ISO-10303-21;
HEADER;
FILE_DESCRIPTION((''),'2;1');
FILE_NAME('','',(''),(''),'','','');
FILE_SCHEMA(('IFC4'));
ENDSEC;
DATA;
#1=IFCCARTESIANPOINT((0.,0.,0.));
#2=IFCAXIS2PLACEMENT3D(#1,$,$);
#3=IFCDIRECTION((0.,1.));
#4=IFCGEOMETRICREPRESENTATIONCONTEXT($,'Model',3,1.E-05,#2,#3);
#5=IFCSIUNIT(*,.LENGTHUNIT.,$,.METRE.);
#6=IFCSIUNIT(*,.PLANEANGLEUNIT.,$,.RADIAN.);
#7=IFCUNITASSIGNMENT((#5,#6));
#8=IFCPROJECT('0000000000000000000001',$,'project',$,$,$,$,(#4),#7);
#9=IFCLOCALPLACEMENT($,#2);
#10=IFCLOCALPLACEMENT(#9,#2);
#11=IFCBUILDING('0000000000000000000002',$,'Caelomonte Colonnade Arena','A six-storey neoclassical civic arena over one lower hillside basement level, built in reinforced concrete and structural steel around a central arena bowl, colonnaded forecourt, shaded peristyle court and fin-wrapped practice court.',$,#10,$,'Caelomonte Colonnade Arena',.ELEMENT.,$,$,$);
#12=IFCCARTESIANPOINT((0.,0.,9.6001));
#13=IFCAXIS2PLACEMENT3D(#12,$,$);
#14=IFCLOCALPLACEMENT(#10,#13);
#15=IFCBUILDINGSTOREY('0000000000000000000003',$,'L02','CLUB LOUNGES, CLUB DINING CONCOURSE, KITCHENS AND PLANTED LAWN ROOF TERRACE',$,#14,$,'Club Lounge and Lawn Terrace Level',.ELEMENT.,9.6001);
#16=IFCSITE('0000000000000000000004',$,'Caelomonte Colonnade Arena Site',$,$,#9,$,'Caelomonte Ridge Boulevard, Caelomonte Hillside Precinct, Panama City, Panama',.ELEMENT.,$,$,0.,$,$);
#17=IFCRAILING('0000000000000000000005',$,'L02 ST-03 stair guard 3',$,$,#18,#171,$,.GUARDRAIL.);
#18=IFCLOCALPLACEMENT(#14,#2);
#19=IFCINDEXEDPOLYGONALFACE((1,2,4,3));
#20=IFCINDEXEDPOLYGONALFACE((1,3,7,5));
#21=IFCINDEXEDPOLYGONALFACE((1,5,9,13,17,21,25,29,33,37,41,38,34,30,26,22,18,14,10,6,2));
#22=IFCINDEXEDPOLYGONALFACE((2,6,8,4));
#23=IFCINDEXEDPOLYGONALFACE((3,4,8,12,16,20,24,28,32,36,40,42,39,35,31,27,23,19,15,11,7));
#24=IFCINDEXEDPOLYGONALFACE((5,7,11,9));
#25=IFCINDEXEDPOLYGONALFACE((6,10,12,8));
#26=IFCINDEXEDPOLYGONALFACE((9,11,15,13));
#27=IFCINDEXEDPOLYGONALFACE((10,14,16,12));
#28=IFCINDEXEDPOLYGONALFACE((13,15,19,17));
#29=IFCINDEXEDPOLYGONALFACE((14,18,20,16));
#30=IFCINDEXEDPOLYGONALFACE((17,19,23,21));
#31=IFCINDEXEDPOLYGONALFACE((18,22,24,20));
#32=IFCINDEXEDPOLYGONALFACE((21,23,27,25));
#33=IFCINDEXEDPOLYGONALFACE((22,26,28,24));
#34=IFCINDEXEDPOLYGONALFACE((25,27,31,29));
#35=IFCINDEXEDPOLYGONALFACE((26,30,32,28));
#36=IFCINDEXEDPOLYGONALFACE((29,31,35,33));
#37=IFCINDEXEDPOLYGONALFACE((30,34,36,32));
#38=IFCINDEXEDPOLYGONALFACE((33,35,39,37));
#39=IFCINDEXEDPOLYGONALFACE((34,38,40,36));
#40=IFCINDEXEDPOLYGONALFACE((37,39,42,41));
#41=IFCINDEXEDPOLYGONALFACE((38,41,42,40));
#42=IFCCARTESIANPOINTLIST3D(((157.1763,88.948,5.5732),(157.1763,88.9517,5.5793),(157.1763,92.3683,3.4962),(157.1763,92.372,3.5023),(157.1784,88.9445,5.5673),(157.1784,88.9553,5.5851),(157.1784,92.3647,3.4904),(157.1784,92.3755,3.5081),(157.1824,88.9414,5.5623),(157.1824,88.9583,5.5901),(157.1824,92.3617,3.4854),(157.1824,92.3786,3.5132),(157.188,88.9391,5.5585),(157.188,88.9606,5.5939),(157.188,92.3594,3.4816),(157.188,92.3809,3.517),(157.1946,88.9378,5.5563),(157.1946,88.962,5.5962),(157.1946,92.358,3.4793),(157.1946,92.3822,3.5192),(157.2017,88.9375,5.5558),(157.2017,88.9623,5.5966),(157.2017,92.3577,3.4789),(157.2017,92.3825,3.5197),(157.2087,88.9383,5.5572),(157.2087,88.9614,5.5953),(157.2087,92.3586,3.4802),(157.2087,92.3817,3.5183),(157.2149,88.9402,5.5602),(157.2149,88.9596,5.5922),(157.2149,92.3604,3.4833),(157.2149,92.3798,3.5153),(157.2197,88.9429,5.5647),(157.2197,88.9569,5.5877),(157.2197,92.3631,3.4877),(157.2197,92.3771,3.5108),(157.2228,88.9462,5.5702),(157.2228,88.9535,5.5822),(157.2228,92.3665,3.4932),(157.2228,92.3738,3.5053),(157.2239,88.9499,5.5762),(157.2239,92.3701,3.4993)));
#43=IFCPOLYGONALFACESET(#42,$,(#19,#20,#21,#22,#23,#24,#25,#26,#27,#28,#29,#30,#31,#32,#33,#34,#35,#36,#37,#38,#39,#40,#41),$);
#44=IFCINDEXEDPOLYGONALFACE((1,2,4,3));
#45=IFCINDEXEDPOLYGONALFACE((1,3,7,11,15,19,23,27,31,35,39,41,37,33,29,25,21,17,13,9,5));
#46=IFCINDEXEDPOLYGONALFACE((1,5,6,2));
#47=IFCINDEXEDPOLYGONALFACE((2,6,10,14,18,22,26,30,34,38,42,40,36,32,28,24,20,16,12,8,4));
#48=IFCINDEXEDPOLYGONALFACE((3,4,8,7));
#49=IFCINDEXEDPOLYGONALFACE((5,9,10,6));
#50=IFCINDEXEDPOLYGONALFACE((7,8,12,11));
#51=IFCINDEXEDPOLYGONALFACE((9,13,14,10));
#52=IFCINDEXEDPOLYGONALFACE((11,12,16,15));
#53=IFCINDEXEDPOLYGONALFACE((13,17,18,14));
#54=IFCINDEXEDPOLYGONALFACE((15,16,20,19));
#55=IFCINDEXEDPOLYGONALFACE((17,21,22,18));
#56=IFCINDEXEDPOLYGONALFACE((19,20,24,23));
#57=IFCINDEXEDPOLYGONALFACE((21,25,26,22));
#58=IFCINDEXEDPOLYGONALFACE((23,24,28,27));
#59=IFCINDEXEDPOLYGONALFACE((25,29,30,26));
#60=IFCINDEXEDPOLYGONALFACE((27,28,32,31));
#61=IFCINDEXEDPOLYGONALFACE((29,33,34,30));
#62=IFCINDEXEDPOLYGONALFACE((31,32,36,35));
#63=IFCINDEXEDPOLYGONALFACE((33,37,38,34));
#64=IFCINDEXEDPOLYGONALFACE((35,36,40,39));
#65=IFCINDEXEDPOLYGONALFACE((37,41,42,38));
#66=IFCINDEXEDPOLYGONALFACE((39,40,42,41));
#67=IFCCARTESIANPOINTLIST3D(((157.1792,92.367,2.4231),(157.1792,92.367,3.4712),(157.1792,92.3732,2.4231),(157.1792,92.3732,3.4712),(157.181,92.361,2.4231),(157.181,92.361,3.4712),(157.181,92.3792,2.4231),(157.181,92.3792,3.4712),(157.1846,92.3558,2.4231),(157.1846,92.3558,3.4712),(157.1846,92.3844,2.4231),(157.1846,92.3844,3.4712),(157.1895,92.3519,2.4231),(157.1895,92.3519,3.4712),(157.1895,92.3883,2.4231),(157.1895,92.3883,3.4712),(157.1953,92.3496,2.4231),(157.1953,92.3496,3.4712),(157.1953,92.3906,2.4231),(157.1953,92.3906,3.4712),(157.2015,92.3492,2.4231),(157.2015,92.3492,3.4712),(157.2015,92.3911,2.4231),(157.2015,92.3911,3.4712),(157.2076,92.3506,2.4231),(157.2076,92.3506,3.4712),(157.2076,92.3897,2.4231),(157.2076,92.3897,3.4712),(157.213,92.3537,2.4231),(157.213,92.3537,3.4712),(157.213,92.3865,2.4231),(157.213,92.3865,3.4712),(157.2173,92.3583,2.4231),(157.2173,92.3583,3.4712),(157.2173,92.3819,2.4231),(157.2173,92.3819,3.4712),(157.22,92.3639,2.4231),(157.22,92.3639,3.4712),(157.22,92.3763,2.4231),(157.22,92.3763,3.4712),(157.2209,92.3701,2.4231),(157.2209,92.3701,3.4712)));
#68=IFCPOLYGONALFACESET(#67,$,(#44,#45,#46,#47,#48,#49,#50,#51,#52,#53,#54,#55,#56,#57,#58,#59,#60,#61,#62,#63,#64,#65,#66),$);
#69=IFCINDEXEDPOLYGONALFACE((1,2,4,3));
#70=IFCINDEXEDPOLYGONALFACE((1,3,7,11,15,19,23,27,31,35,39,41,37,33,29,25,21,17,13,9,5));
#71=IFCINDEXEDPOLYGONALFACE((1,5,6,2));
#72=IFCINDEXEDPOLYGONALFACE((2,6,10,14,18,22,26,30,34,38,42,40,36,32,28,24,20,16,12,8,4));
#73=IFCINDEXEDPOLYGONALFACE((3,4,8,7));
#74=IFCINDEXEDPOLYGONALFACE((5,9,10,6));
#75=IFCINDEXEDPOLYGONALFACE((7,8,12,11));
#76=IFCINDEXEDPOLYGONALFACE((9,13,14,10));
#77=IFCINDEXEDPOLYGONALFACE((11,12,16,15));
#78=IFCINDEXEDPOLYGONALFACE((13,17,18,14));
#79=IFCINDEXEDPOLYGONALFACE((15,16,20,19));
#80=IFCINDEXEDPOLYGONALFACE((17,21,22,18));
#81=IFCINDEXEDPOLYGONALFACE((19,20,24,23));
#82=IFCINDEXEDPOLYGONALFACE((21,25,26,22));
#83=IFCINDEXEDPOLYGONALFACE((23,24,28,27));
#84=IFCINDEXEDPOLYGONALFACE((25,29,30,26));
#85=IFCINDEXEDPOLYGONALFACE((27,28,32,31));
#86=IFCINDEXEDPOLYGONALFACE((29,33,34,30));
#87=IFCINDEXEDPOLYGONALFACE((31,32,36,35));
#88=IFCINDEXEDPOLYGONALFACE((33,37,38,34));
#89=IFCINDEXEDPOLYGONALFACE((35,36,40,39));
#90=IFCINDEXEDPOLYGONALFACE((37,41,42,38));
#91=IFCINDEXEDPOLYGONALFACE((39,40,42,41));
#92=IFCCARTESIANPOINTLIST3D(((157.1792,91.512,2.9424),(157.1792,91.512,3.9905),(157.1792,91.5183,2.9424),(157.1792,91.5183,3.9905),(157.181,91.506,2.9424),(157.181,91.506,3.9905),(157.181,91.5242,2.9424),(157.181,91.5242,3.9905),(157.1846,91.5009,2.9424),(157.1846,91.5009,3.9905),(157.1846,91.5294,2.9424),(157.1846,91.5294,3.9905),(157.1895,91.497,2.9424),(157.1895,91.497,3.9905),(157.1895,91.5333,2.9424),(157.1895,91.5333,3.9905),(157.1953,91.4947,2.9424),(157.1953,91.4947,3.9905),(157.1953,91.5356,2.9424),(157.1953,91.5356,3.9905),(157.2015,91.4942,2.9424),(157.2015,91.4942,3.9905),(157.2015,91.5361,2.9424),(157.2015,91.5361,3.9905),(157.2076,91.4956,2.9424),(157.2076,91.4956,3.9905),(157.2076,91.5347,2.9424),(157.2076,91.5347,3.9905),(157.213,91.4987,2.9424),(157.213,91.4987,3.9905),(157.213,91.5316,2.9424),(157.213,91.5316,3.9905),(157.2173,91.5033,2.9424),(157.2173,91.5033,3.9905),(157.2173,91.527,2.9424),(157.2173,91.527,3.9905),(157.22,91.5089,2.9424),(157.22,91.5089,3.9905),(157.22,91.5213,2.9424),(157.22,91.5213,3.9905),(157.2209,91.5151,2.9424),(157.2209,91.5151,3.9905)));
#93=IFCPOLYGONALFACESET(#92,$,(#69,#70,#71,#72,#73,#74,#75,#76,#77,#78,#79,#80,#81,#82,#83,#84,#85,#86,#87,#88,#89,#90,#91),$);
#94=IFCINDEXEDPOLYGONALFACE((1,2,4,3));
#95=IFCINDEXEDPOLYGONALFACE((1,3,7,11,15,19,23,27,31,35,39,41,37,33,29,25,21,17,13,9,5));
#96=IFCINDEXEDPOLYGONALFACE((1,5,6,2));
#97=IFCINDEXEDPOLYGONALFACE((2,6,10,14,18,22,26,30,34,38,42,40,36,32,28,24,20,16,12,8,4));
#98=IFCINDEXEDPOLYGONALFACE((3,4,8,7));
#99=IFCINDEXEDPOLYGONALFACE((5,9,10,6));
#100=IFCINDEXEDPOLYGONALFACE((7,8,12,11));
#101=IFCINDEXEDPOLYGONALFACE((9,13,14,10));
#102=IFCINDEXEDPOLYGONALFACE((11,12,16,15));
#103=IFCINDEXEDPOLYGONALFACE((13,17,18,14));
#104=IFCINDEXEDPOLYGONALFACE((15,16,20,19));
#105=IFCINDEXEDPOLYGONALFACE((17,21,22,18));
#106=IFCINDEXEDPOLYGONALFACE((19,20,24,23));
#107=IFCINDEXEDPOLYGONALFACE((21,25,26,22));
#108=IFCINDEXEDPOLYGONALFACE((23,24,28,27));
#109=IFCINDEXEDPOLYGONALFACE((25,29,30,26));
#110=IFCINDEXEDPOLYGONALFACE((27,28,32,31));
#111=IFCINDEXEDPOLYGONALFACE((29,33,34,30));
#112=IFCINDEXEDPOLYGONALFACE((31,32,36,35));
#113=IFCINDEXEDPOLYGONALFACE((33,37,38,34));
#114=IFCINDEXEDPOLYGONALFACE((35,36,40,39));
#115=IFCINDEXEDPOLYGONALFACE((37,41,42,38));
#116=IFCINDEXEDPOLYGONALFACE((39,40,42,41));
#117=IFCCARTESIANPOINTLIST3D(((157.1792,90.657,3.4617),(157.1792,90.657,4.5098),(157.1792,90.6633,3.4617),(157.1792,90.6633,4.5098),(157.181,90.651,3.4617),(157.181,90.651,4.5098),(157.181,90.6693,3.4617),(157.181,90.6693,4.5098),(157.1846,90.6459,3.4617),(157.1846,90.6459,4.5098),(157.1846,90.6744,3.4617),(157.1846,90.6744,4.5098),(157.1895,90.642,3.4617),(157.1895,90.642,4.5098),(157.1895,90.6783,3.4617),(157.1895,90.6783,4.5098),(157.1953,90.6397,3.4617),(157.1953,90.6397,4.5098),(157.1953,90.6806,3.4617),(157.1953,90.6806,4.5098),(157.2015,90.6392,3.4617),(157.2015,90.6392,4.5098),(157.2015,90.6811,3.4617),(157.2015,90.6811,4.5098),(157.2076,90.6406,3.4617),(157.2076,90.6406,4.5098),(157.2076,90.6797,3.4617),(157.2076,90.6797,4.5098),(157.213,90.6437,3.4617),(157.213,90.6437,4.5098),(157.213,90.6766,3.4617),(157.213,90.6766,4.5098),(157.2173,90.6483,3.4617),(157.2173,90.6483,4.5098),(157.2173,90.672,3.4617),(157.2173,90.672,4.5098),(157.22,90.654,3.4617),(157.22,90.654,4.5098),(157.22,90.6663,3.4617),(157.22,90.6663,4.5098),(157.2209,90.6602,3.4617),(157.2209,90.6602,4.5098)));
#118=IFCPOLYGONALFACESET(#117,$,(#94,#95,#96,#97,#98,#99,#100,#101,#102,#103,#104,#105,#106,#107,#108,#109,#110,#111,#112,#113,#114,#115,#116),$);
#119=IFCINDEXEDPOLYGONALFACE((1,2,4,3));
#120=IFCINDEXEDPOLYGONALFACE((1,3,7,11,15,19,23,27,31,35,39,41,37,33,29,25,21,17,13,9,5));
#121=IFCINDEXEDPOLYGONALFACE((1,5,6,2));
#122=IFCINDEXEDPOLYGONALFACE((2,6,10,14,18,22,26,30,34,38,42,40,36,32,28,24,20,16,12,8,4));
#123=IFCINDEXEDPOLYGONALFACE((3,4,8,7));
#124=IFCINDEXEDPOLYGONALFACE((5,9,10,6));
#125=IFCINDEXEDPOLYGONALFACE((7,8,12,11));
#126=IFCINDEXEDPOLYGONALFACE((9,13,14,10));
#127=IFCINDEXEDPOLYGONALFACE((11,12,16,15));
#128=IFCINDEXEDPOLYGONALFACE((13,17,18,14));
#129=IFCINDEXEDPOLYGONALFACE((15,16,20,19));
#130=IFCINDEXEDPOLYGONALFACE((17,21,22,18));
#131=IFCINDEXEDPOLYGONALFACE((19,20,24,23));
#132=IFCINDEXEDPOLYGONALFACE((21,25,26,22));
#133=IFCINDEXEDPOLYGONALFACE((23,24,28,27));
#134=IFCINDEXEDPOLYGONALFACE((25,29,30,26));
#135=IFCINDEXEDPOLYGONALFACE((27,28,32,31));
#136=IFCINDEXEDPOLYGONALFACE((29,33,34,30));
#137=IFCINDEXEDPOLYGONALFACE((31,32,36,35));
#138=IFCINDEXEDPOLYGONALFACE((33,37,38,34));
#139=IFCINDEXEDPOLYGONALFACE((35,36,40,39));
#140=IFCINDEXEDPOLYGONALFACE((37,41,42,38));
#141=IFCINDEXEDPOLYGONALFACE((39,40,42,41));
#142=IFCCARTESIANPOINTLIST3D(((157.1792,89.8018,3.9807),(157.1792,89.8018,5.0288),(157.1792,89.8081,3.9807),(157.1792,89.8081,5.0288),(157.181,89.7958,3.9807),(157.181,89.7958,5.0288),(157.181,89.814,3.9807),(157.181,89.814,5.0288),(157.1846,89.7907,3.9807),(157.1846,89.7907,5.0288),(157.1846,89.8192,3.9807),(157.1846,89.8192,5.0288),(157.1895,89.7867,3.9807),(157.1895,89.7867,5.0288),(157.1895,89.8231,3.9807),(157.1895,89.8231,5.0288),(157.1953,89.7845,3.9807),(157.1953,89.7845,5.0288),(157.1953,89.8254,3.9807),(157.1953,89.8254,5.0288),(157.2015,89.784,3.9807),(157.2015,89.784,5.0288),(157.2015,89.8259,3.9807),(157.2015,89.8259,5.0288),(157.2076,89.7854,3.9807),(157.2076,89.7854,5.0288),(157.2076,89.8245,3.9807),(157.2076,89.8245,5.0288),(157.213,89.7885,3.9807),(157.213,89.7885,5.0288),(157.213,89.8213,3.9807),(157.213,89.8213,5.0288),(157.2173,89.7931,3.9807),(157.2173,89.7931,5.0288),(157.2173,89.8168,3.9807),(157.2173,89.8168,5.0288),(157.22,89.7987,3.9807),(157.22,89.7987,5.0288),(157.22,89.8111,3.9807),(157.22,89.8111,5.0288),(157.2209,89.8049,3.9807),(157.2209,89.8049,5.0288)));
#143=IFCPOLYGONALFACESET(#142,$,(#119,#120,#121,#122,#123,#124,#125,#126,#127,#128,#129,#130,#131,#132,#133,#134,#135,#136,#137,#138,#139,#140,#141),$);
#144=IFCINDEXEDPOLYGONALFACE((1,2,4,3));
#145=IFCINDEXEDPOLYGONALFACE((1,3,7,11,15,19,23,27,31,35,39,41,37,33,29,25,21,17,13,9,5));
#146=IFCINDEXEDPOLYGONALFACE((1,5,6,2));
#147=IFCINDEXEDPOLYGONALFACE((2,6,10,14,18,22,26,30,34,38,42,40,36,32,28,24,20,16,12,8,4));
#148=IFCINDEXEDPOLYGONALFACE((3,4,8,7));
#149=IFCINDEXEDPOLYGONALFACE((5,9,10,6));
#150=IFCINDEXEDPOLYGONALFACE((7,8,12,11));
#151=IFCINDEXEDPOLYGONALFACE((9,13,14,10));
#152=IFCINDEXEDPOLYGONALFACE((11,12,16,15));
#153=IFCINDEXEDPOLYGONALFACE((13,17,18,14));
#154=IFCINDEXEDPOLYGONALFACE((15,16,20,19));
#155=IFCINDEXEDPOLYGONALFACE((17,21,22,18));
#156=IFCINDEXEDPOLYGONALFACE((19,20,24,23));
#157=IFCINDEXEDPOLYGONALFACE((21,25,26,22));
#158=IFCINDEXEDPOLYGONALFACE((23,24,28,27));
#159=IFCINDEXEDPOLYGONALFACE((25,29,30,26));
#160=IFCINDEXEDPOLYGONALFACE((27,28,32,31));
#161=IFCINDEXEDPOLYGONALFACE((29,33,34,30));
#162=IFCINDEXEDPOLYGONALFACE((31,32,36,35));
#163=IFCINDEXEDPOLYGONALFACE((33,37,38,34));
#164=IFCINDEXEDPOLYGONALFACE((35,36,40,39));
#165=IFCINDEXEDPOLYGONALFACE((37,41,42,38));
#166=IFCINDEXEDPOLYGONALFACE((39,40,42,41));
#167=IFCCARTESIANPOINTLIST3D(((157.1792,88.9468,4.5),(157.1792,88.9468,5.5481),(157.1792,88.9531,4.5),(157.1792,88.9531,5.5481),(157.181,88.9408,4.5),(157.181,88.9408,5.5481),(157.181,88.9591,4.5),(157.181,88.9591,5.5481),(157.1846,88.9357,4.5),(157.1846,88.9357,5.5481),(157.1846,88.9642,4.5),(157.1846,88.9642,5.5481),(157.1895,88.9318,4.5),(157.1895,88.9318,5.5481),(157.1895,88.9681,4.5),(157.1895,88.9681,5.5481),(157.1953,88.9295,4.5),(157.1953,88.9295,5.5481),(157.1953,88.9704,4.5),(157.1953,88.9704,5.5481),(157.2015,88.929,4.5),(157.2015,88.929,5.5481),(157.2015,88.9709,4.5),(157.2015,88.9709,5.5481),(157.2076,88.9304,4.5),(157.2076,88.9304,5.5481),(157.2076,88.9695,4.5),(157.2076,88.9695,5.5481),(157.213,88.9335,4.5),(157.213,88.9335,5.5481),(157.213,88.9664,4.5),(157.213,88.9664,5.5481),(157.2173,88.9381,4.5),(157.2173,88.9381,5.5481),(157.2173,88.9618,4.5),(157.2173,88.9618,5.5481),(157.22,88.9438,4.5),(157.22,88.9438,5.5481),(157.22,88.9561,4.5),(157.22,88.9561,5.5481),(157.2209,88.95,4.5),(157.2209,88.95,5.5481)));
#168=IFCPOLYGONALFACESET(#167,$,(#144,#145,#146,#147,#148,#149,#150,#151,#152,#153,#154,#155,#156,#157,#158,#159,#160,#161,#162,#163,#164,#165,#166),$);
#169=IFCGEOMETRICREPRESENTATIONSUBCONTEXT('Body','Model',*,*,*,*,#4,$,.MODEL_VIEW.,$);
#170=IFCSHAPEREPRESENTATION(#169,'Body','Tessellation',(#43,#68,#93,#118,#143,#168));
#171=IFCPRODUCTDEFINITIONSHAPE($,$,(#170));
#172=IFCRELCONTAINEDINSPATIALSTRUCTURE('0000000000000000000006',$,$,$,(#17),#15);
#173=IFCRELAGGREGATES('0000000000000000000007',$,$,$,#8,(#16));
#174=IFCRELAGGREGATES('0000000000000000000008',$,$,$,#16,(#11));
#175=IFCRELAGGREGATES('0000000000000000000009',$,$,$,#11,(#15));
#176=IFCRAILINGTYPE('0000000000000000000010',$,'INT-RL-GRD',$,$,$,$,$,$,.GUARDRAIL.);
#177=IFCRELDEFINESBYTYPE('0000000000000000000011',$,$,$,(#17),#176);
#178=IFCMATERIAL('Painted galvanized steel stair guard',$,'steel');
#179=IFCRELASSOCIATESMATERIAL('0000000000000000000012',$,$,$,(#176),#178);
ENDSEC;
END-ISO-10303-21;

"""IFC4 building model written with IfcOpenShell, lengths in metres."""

from ifc_helpers import new_model, si_unit, direction, frame, origin, origin_2d, place, context, subcontext, project, spatial, circle, extrude, material, type_object, element, save


model = new_model("IFC4")

# Units and contexts
model_context = context("Model", 3, precision=1e-05, world=origin(), true_north=direction((0.0, 1.0)))
body_context = subcontext(model_context, "Body", "Model", "MODEL_VIEW")
ifc_project = project(units=[si_unit("LENGTHUNIT", "METRE"), si_unit("PLANEANGLEUNIT", "RADIAN")], contexts=[model_context])

# Site, building, storey
site_placement = place(None, origin())
site = spatial("IfcSite", under=ifc_project, at=site_placement, Name="Caelomonte Colonnade Arena Site", LongName="Caelomonte Ridge Boulevard, Caelomonte Hillside Precinct, Panama City, Panama", CompositionType="ELEMENT", RefElevation=0.0)
building_placement = place(site_placement, origin())
building = spatial("IfcBuilding", under=site, at=building_placement, Name="Caelomonte Colonnade Arena", Description="A six-storey neoclassical civic arena over one lower hillside basement level, built in reinforced concrete and structural steel around a central arena bowl, colonnaded forecourt, shaded peristyle court and fin-wrapped practice court.", LongName="Caelomonte Colonnade Arena", CompositionType="ELEMENT")
storey_placement = place(building_placement, frame((0.0, 0.0, 9.6001)))
storey = spatial("IfcBuildingStorey", under=building, at=storey_placement, Name="L02", Description="CLUB LOUNGES, CLUB DINING CONCOURSE, KITCHENS AND PLANTED LAWN ROOF TERRACE", LongName="Club Lounge and Lawn Terrace Level", CompositionType="ELEMENT", Elevation=9.6001)

# Railing
ifc_material_1 = material(Name="Painted galvanized steel stair guard", Category="steel")
railing_type_1 = type_object("IfcRailingType", Name="INT-RL-GRD", PredefinedType="GUARDRAIL", material=ifc_material_1)
railing_1_placement = place(storey_placement, frame((157.2, 92.3701, 2.4231)))
element("IfcRailing", 1, at=railing_1_placement, inside=storey, type_object=railing_type_1, Name="L02 ST-03 stair guard 3", PredefinedType="GUARDRAIL", context=body_context, shape_type="SweptSolid", body=[
    extrude(circle(Radius=0.0239, at=origin_2d()), frame((0.0, 0.0, 1.0762), z_axis=(0.0, -0.854746, 0.519047), x_axis=(1.0, 0.0, 0.0)), (0.0, 0.0, 1.0), 4.0015),
    extrude(circle(Radius=0.021, at=origin_2d()), origin(), (0.0, 0.0, 1.0), 1.0481),
    extrude(circle(Radius=0.021, at=origin_2d()), frame((0.0, -0.855, 0.5193)), (0.0, 0.0, 1.0), 1.0481),
    extrude(circle(Radius=0.021, at=origin_2d()), frame((0.0, -1.71, 1.0386)), (0.0, 0.0, 1.0), 1.0481),
    extrude(circle(Radius=0.021, at=origin_2d()), frame((0.0, -2.5652, 1.5576)), (0.0, 0.0, 1.0), 1.0481),
    extrude(circle(Radius=0.021, at=origin_2d()), frame((0.0, -3.4202, 2.0769)), (0.0, 0.0, 1.0), 1.0481),
])

save(model, "model.ifc")
